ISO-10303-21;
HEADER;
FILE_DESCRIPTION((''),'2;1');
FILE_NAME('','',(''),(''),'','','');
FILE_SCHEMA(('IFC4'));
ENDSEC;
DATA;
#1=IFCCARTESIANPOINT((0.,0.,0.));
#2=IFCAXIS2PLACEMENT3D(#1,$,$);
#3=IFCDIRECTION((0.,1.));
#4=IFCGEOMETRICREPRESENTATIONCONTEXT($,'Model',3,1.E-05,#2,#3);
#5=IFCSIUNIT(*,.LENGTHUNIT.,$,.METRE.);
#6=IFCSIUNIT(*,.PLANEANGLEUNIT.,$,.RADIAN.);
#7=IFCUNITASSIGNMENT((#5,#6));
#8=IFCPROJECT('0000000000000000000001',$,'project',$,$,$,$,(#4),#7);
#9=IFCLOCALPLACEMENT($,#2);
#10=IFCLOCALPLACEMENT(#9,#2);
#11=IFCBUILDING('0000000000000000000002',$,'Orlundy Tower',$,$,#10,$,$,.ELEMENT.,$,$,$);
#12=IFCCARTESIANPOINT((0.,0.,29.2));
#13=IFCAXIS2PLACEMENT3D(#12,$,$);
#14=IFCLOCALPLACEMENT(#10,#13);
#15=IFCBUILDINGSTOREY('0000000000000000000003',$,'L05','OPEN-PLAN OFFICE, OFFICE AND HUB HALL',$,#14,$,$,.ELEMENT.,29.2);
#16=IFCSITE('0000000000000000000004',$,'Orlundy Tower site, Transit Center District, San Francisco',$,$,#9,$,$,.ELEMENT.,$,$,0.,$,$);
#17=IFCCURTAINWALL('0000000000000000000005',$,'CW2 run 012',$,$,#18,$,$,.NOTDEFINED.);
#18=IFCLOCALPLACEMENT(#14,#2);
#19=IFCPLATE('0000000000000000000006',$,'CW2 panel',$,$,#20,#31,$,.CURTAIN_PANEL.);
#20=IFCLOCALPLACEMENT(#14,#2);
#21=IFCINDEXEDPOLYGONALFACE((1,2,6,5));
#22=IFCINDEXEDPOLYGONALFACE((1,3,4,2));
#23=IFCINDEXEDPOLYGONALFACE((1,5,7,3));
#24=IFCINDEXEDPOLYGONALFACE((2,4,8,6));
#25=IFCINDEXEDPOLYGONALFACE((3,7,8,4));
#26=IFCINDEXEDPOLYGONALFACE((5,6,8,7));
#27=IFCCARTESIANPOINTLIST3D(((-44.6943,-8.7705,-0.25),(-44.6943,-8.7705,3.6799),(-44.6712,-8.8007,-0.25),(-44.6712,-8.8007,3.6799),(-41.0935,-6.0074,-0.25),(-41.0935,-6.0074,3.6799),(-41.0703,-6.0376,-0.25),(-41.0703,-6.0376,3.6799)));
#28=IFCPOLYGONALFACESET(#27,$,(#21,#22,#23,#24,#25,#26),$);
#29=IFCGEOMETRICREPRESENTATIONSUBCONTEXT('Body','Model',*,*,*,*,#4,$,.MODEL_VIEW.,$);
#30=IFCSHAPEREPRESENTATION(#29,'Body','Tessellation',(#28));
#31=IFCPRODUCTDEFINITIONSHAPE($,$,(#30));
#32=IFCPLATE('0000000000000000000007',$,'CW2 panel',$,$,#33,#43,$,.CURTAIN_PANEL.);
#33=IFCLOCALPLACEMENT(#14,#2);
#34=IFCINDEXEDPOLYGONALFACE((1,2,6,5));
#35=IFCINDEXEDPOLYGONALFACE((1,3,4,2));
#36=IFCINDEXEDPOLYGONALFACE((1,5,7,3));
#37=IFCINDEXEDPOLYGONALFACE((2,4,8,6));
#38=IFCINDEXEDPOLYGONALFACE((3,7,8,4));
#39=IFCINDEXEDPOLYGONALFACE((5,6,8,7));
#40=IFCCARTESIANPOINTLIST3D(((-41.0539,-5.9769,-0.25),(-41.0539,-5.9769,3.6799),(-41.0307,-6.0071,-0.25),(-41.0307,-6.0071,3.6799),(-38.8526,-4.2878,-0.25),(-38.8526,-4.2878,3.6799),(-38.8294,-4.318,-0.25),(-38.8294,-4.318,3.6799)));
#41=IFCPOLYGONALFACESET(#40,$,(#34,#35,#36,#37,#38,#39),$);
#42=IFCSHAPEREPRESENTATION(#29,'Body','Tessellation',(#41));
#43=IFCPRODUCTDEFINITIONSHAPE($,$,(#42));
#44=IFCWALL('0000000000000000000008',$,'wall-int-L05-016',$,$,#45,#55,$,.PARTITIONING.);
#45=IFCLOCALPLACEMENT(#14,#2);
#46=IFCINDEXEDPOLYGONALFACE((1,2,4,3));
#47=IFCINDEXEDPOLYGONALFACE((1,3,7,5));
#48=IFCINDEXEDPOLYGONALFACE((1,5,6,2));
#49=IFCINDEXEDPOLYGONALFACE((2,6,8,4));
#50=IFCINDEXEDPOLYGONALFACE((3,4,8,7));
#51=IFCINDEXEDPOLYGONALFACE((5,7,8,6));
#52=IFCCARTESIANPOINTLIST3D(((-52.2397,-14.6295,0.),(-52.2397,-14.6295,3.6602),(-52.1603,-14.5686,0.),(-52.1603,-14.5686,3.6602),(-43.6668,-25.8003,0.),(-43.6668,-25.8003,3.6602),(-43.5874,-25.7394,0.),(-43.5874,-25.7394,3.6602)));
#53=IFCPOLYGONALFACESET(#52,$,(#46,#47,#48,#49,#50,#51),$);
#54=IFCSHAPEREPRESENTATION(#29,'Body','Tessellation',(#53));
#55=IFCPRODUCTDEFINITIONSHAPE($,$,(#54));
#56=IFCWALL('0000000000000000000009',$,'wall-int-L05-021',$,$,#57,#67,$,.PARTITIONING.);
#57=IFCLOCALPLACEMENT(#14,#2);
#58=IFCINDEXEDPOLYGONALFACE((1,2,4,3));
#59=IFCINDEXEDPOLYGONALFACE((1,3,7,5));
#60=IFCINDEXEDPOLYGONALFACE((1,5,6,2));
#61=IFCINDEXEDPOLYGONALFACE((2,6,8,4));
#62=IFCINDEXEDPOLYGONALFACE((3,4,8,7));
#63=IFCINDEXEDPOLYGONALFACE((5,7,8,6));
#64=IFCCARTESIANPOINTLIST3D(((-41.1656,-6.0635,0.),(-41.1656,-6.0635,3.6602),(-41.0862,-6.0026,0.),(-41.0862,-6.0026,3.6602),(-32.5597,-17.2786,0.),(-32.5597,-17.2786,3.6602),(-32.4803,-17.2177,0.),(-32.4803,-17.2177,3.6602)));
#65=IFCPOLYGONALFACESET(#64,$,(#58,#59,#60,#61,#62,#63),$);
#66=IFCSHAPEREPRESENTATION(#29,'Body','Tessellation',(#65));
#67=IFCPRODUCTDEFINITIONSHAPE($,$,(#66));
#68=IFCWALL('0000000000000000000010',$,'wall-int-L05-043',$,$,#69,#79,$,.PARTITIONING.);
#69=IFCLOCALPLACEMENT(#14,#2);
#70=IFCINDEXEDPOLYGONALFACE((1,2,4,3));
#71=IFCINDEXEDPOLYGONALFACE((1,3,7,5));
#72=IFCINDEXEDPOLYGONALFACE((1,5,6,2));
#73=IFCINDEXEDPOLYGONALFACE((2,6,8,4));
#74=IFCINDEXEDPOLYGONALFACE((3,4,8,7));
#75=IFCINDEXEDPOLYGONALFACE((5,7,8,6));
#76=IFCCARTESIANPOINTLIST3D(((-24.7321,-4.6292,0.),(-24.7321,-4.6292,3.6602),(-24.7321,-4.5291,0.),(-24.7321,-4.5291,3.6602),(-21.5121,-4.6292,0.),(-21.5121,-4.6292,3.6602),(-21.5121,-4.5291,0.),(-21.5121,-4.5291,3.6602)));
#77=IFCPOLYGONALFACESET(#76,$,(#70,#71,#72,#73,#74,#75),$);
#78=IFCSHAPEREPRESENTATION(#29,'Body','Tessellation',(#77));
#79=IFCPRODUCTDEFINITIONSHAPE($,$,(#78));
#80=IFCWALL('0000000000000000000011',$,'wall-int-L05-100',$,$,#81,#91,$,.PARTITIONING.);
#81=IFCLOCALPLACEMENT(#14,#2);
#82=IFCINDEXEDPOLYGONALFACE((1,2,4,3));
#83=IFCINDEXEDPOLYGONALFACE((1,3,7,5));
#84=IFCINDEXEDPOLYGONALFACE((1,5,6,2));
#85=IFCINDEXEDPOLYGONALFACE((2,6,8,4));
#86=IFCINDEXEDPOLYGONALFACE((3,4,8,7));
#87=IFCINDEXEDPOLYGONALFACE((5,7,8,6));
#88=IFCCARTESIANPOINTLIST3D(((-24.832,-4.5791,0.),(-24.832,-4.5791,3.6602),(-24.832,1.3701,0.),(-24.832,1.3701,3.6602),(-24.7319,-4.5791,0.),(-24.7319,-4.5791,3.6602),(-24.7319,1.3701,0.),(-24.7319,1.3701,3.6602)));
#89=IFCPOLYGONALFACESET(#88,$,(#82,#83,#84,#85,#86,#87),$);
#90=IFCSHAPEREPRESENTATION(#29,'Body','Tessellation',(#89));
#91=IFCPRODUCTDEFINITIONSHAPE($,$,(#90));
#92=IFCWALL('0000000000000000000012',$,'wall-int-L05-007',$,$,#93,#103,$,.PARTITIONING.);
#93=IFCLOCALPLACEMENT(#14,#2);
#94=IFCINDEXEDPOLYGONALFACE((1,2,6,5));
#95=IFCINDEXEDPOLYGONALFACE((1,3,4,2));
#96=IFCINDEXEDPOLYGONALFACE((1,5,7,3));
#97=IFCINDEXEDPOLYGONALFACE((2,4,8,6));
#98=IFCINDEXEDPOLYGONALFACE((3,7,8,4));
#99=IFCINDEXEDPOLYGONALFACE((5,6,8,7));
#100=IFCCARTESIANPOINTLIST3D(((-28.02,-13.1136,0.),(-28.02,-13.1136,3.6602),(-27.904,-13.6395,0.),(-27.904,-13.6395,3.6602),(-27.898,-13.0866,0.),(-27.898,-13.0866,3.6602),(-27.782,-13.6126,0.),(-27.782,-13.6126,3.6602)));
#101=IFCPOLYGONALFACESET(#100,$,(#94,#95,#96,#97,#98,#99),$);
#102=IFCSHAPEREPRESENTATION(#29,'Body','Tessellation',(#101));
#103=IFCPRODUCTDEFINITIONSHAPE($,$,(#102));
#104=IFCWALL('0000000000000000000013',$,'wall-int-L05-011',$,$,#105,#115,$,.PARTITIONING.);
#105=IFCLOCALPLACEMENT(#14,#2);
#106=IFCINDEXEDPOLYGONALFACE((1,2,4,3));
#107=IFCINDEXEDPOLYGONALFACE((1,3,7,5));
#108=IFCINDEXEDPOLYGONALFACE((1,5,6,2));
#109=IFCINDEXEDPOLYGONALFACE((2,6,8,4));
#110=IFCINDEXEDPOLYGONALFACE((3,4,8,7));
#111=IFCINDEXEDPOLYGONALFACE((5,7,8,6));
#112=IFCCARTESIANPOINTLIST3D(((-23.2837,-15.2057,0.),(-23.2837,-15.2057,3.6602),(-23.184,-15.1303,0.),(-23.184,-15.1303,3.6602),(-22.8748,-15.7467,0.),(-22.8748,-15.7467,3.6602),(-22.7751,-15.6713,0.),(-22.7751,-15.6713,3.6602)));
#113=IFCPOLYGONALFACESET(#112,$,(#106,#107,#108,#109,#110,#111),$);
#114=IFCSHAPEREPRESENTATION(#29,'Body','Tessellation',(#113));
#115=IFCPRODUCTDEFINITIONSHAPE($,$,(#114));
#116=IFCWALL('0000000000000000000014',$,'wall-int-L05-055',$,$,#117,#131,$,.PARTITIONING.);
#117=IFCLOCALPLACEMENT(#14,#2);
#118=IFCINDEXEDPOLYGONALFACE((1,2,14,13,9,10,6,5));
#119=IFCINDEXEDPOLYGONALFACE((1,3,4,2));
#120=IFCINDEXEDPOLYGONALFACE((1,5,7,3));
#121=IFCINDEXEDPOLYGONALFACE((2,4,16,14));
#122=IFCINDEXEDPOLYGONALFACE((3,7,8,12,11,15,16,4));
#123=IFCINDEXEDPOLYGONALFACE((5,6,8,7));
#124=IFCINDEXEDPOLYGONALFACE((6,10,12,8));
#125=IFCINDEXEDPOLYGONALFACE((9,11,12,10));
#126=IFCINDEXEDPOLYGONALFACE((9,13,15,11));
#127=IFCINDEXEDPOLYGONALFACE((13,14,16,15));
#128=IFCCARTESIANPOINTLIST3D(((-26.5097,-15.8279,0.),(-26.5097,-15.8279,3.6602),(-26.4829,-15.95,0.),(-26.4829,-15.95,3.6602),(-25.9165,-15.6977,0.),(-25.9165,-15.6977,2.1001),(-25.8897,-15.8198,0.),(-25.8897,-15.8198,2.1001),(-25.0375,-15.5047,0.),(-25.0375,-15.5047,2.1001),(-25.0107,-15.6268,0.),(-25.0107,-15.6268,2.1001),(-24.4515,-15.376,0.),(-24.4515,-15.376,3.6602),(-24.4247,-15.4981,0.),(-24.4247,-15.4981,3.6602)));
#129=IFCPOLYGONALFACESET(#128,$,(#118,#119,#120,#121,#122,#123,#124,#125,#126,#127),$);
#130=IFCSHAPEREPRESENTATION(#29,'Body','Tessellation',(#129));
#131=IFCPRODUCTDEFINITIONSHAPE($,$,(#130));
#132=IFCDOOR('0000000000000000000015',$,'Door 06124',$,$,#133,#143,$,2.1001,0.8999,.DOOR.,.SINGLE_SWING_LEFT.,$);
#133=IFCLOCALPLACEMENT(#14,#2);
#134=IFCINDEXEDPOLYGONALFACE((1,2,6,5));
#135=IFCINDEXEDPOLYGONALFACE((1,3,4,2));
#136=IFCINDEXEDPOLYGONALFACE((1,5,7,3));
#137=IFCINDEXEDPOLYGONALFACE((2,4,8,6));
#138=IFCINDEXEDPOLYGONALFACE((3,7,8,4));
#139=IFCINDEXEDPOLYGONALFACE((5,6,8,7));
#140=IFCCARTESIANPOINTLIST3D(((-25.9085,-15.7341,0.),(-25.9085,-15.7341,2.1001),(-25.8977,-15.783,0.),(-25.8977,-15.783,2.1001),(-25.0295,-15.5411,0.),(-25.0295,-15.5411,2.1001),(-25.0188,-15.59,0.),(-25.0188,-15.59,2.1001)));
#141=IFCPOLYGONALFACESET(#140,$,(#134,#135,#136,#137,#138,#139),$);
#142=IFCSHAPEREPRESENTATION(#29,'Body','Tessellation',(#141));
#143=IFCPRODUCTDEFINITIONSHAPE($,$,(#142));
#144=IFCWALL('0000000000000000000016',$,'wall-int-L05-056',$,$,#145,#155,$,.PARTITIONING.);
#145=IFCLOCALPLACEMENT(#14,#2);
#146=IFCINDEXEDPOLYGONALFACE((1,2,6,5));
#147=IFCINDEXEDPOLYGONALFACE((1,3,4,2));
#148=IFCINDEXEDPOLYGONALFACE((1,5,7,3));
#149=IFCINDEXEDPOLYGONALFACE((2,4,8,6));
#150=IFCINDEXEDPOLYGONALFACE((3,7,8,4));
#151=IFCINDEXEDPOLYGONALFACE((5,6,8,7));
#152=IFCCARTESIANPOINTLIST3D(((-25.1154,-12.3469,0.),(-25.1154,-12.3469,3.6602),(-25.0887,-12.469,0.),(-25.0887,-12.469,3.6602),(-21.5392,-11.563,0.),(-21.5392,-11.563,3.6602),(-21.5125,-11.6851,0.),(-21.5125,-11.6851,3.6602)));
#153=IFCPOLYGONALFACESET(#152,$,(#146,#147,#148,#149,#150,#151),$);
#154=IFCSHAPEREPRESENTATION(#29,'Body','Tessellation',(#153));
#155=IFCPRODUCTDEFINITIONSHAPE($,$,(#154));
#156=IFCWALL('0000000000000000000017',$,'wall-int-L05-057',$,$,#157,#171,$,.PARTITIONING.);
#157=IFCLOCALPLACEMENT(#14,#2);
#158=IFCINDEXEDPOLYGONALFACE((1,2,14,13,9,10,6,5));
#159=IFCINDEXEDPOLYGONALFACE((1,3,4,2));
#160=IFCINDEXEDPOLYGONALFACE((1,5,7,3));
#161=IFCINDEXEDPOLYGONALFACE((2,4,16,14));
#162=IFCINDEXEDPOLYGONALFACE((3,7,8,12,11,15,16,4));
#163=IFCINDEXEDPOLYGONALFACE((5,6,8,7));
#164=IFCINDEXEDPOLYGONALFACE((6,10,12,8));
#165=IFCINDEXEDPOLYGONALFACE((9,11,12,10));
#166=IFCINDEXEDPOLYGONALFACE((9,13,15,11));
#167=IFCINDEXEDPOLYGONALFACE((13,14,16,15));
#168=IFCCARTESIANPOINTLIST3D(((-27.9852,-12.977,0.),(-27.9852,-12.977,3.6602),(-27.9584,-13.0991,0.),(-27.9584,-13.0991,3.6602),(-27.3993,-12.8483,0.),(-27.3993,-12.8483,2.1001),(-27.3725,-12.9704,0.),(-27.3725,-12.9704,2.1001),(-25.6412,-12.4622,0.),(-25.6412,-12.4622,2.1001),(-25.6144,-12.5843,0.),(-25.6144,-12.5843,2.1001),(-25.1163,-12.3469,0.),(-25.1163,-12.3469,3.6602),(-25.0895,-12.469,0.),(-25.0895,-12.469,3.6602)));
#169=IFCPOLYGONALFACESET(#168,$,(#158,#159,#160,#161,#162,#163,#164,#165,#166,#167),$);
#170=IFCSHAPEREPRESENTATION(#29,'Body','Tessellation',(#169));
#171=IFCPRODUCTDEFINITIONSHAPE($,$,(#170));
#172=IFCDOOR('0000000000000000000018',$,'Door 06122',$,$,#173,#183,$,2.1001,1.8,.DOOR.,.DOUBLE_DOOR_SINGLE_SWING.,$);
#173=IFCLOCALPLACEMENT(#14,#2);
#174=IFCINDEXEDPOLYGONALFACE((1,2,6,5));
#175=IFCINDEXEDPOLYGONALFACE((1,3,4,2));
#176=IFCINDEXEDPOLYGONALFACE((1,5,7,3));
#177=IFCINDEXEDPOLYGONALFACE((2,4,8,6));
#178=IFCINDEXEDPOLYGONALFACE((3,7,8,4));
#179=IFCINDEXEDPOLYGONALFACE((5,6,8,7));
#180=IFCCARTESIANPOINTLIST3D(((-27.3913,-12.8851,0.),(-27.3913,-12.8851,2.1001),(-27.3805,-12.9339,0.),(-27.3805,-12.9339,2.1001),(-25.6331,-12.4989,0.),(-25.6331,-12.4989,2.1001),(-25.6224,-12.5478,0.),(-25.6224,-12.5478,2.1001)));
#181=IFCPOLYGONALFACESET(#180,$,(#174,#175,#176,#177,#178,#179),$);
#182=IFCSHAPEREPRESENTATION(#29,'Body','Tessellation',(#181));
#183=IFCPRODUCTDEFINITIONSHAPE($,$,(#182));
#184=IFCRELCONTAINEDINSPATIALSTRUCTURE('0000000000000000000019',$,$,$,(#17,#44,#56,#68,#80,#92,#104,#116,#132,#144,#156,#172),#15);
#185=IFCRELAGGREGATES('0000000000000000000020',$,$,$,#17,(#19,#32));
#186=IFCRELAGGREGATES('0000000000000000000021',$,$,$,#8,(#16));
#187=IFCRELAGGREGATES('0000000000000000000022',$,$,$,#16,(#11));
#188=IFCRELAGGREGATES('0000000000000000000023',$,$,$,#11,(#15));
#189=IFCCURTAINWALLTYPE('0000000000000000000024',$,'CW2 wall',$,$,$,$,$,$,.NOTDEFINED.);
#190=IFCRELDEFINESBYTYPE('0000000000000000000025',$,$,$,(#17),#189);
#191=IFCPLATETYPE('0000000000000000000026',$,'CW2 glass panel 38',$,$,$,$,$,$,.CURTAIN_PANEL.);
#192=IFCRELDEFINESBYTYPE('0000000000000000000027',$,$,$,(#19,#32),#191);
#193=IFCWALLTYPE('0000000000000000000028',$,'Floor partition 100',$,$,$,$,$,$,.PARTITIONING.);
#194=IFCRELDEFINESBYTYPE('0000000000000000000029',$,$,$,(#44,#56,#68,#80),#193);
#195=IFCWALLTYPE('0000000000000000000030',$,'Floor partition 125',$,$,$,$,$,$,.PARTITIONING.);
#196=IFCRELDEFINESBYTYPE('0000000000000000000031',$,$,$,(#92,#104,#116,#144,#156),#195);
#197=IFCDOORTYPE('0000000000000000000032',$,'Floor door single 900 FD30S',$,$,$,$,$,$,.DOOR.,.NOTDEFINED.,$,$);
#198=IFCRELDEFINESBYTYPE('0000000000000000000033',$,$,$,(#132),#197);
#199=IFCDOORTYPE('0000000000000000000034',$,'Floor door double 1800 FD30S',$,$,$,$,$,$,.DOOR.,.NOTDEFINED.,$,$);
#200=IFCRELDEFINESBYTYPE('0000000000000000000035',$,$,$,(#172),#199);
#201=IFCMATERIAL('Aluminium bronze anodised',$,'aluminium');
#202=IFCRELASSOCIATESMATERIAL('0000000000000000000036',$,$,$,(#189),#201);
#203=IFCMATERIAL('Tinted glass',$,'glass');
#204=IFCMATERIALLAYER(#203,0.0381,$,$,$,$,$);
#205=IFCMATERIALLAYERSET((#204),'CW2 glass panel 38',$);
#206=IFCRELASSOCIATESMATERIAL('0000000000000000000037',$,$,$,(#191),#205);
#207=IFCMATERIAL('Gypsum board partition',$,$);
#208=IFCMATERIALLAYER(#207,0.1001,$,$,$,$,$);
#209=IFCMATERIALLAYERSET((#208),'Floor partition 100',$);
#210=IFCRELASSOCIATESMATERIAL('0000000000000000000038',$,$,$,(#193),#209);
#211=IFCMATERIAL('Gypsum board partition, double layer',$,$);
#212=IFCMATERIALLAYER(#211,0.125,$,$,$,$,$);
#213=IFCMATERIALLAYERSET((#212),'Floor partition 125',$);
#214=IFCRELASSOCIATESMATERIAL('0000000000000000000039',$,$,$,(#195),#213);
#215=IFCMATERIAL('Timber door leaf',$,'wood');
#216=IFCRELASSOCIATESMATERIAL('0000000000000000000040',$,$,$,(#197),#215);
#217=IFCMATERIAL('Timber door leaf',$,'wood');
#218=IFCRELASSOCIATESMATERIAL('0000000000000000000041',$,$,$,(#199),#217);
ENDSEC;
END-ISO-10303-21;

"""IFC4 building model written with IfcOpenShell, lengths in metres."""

from ifc_helpers import new_model, si_unit, direction, frame, frame_2d, origin, origin_2d, place, context, subcontext, project, spatial, rectangle, extrude, material, layer, layer_set, type_object, element, fill, aggregate, save


model = new_model("IFC4")

# Units and contexts
model_context = context("Model", 3, precision=1e-05, world=origin(), true_north=direction((0.0, 1.0)))
body_context = subcontext(model_context, "Body", "Model", "MODEL_VIEW")
ifc_project = project(units=[si_unit("LENGTHUNIT", "METRE"), si_unit("PLANEANGLEUNIT", "RADIAN")], contexts=[model_context])

# Site, building, storey
site_placement = place(None, origin())
site = spatial("IfcSite", under=ifc_project, at=site_placement, Name="Orlundy Tower site, Transit Center District, San Francisco", CompositionType="ELEMENT", RefElevation=0.0)
building_placement = place(site_placement, origin())
building = spatial("IfcBuilding", under=site, at=building_placement, Name="Orlundy Tower", CompositionType="ELEMENT")
storey_placement = place(building_placement, frame((0.0, 0.0, 29.2)))
storey = spatial("IfcBuildingStorey", under=building, at=storey_placement, Name="L05", Description="OPEN-PLAN OFFICE, OFFICE AND HUB HALL", CompositionType="ELEMENT", Elevation=29.2)

# Curtain wall, plates
ifc_material_1 = material(Name="Aluminium bronze anodised", Category="aluminium")
curtain_wall_type = type_object("IfcCurtainWallType", Name="CW2 wall", PredefinedType="NOTDEFINED", material=ifc_material_1)
curtain_wall_placement = place(storey_placement, origin())
curtain_wall = element("IfcCurtainWall", 1, at=curtain_wall_placement, inside=storey, type_object=curtain_wall_type, Name="CW2 run 012", PredefinedType="NOTDEFINED")
ifc_material_2 = material(Name="Tinted glass", Category="glass")
ifc_layer_1 = layer(ifc_material_2, 0.0381)
ifc_layer_set_1 = layer_set([ifc_layer_1], Name="CW2 glass panel 38")
plate_type = type_object("IfcPlateType", Name="CW2 glass panel 38", PredefinedType="CURTAIN_PANEL", material=ifc_layer_set_1)
plate_1_placement = place(storey_placement, frame((-42.8823, -7.4041, -0.25), z_axis=(0.0, 0.0, 1.0), x_axis=(0.793348, 0.608768, 0.0)))
plate_1 = element("IfcPlate", 2, at=plate_1_placement, type_object=plate_type, Name="CW2 panel", PredefinedType="CURTAIN_PANEL", context=body_context, shape_type="SweptSolid", body=[
    extrude(rectangle(XDim=4.5388, YDim=0.0381, at=origin_2d()), origin(), (0.0, 0.0, 1.0), 3.9299),
])
plate_2_placement = place(storey_placement, frame((-39.9417, -5.1475, -0.25), z_axis=(0.0, 0.0, 1.0), x_axis=(0.793348, 0.608768, 0.0)))
plate_2 = element("IfcPlate", 3, at=plate_2_placement, type_object=plate_type, Name="CW2 panel", PredefinedType="CURTAIN_PANEL", context=body_context, shape_type="SweptSolid", body=[
    extrude(rectangle(XDim=2.7747, YDim=0.0381, at=origin_2d()), origin(), (0.0, 0.0, 1.0), 3.9299),
])
aggregate(curtain_wall, [plate_1, plate_2])

# Walls
ifc_material_3 = material(Name="Gypsum board partition")
ifc_layer_2 = layer(ifc_material_3, 0.1001)
ifc_layer_set_2 = layer_set([ifc_layer_2], Name="Floor partition 100")
wall_type_1 = type_object("IfcWallType", Name="Floor partition 100", PredefinedType="PARTITIONING", material=ifc_layer_set_2)
wall_1_placement = place(storey_placement, frame((-52.2, -14.5991, 0.0), z_axis=(0.0, 0.0, 1.0), x_axis=(0.608818, -0.79331, 0.0)))
element("IfcWall", 4, at=wall_1_placement, inside=storey, type_object=wall_type_1, Name="wall-int-L05-016", PredefinedType="PARTITIONING", context=body_context, shape_type="SweptSolid", body=[
    extrude(rectangle(XDim=14.0813, YDim=0.1001, at=frame_2d((7.0405, 0.0))), origin(), (0.0, 0.0, 1.0), 3.6602),
])
wall_2_placement = place(storey_placement, frame((-41.126, -6.033, 0.0), z_axis=(0.0, 0.0, 1.0), x_axis=(0.608776, -0.793342, 0.0)))
element("IfcWall", 5, at=wall_2_placement, inside=storey, type_object=wall_type_1, Name="wall-int-L05-021", PredefinedType="PARTITIONING", context=body_context, shape_type="SweptSolid", body=[
    extrude(rectangle(XDim=14.1365, YDim=0.1001, at=frame_2d((7.0684, 0.0))), origin(), (0.0, 0.0, 1.0), 3.6602),
])
wall_3_placement = place(storey_placement, frame((-24.7319, -4.5791, 0.0), z_axis=(0.0, 0.0, 1.0), x_axis=(1.0, 0.0, 0.0)))
element("IfcWall", 6, at=wall_3_placement, inside=storey, type_object=wall_type_1, Name="wall-int-L05-043", PredefinedType="PARTITIONING", context=body_context, shape_type="SweptSolid", body=[
    extrude(rectangle(XDim=3.22, YDim=0.1001, at=frame_2d((1.6099, 0.0))), origin(), (0.0, 0.0, 1.0), 3.6602),
])
wall_4_placement = place(storey_placement, frame((-24.782, -4.5791, 0.0), z_axis=(0.0, 0.0, 1.0), x_axis=(0.0, 1.0, 0.0)))
element("IfcWall", 7, at=wall_4_placement, inside=storey, type_object=wall_type_1, Name="wall-int-L05-100", PredefinedType="PARTITIONING", context=body_context, shape_type="SweptSolid", body=[
    extrude(rectangle(XDim=5.9492, YDim=0.1001, at=frame_2d((2.9746, 0.0))), origin(), (0.0, 0.0, 1.0), 3.6602),
])
ifc_material_4 = material(Name="Gypsum board partition, double layer")
ifc_layer_3 = layer(ifc_material_4, 0.125)
ifc_layer_set_3 = layer_set([ifc_layer_3], Name="Floor partition 125")
wall_type_2 = type_object("IfcWallType", Name="Floor partition 125", PredefinedType="PARTITIONING", material=ifc_layer_set_3)
wall_5_placement = place(storey_placement, frame((-27.959, -13.1001, 0.0), z_axis=(0.0, 0.0, 1.0), x_axis=(0.215346, -0.976538, 0.0)))
element("IfcWall", 8, at=wall_5_placement, inside=storey, type_object=wall_type_2, Name="wall-int-L05-007", PredefinedType="PARTITIONING", context=body_context, shape_type="SweptSolid", body=[
    extrude(rectangle(XDim=0.5386, YDim=0.125, at=frame_2d((0.2693, 0.0))), origin(), (0.0, 0.0, 1.0), 3.6602),
])
wall_6_placement = place(storey_placement, frame((-23.2339, -15.168, 0.0), z_axis=(0.0, 0.0, 1.0), x_axis=(0.602991, -0.797748, 0.0)))
element("IfcWall", 9, at=wall_6_placement, inside=storey, type_object=wall_type_2, Name="wall-int-L05-011", PredefinedType="PARTITIONING", context=body_context, shape_type="SweptSolid", body=[
    extrude(rectangle(XDim=0.6782, YDim=0.125, at=frame_2d((0.3391, 0.0))), origin(), (0.0, 0.0, 1.0), 3.6602),
])

# Wall, opening, door
wall_7_placement = place(storey_placement, frame((-24.438, -15.437, 0.0), z_axis=(0.0, 0.0, 1.0), x_axis=(-0.976732, -0.214464, 0.0)))
wall_7 = element("IfcWall", 10, at=wall_7_placement, inside=storey, type_object=wall_type_2, Name="wall-int-L05-055", PredefinedType="PARTITIONING", context=body_context, shape_type="SweptSolid", body=[
    extrude(rectangle(XDim=2.1072, YDim=0.125, at=frame_2d((1.0537, 0.0))), origin(), (0.0, 0.0, 1.0), 3.6602),
])
opening_1_placement = place(wall_7_placement, frame((0.6001, 0.0, 0.0)))
opening_1 = element("IfcOpeningElement", 11, at=opening_1_placement, cuts=wall_7, PredefinedType="OPENING", context=body_context, shape_type="SweptSolid", body=[
    extrude(rectangle(XDim=0.8999, YDim=2.1001, at=frame_2d((0.45, 1.05))), frame((0.0, 0.0725, 0.0), z_axis=(0.0, -1.0, 0.0), x_axis=(1.0, 0.0, 0.0)), (0.0, 0.0, 1.0), 0.145),
])
ifc_material_5 = material(Name="Timber door leaf", Category="wood")
door_type_1 = type_object("IfcDoorType", Name="Floor door single 900 FD30S", OperationType="NOTDEFINED", PredefinedType="DOOR", material=ifc_material_5)
door_1_placement = place(opening_1_placement, origin())
door_1 = element("IfcDoor", 12, at=door_1_placement, inside=storey, type_object=door_type_1, Name="Door 06124", OperationType="SINGLE_SWING_LEFT", OverallHeight=2.1001, OverallWidth=0.8999, PredefinedType="DOOR", context=body_context, shape_type="SweptSolid", body=[
    extrude(rectangle(XDim=0.8999, YDim=2.1001, at=frame_2d((0.45, 1.05))), frame((0.0, 0.0249, 0.0), z_axis=(0.0, -1.0, 0.0), x_axis=(1.0, 0.0, 0.0)), (0.0, 0.0, 1.0), 0.05),
])
fill(opening_1, door_1)

# Wall
wall_8_placement = place(storey_placement, frame((-25.1021, -12.408, 0.0), z_axis=(0.0, 0.0, 1.0), x_axis=(0.976806, 0.214126, 0.0)))
element("IfcWall", 13, at=wall_8_placement, inside=storey, type_object=wall_type_2, Name="wall-int-L05-056", PredefinedType="PARTITIONING", context=body_context, shape_type="SweptSolid", body=[
    extrude(rectangle(XDim=3.6611, YDim=0.125, at=frame_2d((1.8306, 0.0))), origin(), (0.0, 0.0, 1.0), 3.6602),
])

# Wall, opening, door
wall_9_placement = place(storey_placement, frame((-27.9719, -13.0381, 0.0), z_axis=(0.0, 0.0, 1.0), x_axis=(0.976718, 0.214527, 0.0)))
wall_9 = element("IfcWall", 14, at=wall_9_placement, inside=storey, type_object=wall_type_2, Name="wall-int-L05-057", PredefinedType="PARTITIONING", context=body_context, shape_type="SweptSolid", body=[
    extrude(rectangle(XDim=2.9373, YDim=0.125, at=frame_2d((1.4688, 0.0))), origin(), (0.0, 0.0, 1.0), 3.6602),
])
opening_2_placement = place(wall_9_placement, frame((0.6001, 0.0, 0.0)))
opening_2 = element("IfcOpeningElement", 15, at=opening_2_placement, cuts=wall_9, PredefinedType="OPENING", context=body_context, shape_type="SweptSolid", body=[
    extrude(rectangle(XDim=1.8, YDim=2.1001, at=frame_2d((0.8999, 1.05))), frame((0.0, 0.0725, 0.0), z_axis=(0.0, -1.0, 0.0), x_axis=(1.0, 0.0, 0.0)), (0.0, 0.0, 1.0), 0.145),
])
ifc_material_6 = material(Name="Timber door leaf", Category="wood")
door_type_2 = type_object("IfcDoorType", Name="Floor door double 1800 FD30S", OperationType="NOTDEFINED", PredefinedType="DOOR", material=ifc_material_6)
door_2_placement = place(opening_2_placement, origin())
door_2 = element("IfcDoor", 16, at=door_2_placement, inside=storey, type_object=door_type_2, Name="Door 06122", OperationType="DOUBLE_DOOR_SINGLE_SWING", OverallHeight=2.1001, OverallWidth=1.8, PredefinedType="DOOR", context=body_context, shape_type="SweptSolid", body=[
    extrude(rectangle(XDim=1.8, YDim=2.1001, at=frame_2d((0.8999, 1.05))), frame((0.0, 0.0249, 0.0), z_axis=(0.0, -1.0, 0.0), x_axis=(1.0, 0.0, 0.0)), (0.0, 0.0, 1.0), 0.05),
])
fill(opening_2, door_2)

save(model, "model.ifc")
